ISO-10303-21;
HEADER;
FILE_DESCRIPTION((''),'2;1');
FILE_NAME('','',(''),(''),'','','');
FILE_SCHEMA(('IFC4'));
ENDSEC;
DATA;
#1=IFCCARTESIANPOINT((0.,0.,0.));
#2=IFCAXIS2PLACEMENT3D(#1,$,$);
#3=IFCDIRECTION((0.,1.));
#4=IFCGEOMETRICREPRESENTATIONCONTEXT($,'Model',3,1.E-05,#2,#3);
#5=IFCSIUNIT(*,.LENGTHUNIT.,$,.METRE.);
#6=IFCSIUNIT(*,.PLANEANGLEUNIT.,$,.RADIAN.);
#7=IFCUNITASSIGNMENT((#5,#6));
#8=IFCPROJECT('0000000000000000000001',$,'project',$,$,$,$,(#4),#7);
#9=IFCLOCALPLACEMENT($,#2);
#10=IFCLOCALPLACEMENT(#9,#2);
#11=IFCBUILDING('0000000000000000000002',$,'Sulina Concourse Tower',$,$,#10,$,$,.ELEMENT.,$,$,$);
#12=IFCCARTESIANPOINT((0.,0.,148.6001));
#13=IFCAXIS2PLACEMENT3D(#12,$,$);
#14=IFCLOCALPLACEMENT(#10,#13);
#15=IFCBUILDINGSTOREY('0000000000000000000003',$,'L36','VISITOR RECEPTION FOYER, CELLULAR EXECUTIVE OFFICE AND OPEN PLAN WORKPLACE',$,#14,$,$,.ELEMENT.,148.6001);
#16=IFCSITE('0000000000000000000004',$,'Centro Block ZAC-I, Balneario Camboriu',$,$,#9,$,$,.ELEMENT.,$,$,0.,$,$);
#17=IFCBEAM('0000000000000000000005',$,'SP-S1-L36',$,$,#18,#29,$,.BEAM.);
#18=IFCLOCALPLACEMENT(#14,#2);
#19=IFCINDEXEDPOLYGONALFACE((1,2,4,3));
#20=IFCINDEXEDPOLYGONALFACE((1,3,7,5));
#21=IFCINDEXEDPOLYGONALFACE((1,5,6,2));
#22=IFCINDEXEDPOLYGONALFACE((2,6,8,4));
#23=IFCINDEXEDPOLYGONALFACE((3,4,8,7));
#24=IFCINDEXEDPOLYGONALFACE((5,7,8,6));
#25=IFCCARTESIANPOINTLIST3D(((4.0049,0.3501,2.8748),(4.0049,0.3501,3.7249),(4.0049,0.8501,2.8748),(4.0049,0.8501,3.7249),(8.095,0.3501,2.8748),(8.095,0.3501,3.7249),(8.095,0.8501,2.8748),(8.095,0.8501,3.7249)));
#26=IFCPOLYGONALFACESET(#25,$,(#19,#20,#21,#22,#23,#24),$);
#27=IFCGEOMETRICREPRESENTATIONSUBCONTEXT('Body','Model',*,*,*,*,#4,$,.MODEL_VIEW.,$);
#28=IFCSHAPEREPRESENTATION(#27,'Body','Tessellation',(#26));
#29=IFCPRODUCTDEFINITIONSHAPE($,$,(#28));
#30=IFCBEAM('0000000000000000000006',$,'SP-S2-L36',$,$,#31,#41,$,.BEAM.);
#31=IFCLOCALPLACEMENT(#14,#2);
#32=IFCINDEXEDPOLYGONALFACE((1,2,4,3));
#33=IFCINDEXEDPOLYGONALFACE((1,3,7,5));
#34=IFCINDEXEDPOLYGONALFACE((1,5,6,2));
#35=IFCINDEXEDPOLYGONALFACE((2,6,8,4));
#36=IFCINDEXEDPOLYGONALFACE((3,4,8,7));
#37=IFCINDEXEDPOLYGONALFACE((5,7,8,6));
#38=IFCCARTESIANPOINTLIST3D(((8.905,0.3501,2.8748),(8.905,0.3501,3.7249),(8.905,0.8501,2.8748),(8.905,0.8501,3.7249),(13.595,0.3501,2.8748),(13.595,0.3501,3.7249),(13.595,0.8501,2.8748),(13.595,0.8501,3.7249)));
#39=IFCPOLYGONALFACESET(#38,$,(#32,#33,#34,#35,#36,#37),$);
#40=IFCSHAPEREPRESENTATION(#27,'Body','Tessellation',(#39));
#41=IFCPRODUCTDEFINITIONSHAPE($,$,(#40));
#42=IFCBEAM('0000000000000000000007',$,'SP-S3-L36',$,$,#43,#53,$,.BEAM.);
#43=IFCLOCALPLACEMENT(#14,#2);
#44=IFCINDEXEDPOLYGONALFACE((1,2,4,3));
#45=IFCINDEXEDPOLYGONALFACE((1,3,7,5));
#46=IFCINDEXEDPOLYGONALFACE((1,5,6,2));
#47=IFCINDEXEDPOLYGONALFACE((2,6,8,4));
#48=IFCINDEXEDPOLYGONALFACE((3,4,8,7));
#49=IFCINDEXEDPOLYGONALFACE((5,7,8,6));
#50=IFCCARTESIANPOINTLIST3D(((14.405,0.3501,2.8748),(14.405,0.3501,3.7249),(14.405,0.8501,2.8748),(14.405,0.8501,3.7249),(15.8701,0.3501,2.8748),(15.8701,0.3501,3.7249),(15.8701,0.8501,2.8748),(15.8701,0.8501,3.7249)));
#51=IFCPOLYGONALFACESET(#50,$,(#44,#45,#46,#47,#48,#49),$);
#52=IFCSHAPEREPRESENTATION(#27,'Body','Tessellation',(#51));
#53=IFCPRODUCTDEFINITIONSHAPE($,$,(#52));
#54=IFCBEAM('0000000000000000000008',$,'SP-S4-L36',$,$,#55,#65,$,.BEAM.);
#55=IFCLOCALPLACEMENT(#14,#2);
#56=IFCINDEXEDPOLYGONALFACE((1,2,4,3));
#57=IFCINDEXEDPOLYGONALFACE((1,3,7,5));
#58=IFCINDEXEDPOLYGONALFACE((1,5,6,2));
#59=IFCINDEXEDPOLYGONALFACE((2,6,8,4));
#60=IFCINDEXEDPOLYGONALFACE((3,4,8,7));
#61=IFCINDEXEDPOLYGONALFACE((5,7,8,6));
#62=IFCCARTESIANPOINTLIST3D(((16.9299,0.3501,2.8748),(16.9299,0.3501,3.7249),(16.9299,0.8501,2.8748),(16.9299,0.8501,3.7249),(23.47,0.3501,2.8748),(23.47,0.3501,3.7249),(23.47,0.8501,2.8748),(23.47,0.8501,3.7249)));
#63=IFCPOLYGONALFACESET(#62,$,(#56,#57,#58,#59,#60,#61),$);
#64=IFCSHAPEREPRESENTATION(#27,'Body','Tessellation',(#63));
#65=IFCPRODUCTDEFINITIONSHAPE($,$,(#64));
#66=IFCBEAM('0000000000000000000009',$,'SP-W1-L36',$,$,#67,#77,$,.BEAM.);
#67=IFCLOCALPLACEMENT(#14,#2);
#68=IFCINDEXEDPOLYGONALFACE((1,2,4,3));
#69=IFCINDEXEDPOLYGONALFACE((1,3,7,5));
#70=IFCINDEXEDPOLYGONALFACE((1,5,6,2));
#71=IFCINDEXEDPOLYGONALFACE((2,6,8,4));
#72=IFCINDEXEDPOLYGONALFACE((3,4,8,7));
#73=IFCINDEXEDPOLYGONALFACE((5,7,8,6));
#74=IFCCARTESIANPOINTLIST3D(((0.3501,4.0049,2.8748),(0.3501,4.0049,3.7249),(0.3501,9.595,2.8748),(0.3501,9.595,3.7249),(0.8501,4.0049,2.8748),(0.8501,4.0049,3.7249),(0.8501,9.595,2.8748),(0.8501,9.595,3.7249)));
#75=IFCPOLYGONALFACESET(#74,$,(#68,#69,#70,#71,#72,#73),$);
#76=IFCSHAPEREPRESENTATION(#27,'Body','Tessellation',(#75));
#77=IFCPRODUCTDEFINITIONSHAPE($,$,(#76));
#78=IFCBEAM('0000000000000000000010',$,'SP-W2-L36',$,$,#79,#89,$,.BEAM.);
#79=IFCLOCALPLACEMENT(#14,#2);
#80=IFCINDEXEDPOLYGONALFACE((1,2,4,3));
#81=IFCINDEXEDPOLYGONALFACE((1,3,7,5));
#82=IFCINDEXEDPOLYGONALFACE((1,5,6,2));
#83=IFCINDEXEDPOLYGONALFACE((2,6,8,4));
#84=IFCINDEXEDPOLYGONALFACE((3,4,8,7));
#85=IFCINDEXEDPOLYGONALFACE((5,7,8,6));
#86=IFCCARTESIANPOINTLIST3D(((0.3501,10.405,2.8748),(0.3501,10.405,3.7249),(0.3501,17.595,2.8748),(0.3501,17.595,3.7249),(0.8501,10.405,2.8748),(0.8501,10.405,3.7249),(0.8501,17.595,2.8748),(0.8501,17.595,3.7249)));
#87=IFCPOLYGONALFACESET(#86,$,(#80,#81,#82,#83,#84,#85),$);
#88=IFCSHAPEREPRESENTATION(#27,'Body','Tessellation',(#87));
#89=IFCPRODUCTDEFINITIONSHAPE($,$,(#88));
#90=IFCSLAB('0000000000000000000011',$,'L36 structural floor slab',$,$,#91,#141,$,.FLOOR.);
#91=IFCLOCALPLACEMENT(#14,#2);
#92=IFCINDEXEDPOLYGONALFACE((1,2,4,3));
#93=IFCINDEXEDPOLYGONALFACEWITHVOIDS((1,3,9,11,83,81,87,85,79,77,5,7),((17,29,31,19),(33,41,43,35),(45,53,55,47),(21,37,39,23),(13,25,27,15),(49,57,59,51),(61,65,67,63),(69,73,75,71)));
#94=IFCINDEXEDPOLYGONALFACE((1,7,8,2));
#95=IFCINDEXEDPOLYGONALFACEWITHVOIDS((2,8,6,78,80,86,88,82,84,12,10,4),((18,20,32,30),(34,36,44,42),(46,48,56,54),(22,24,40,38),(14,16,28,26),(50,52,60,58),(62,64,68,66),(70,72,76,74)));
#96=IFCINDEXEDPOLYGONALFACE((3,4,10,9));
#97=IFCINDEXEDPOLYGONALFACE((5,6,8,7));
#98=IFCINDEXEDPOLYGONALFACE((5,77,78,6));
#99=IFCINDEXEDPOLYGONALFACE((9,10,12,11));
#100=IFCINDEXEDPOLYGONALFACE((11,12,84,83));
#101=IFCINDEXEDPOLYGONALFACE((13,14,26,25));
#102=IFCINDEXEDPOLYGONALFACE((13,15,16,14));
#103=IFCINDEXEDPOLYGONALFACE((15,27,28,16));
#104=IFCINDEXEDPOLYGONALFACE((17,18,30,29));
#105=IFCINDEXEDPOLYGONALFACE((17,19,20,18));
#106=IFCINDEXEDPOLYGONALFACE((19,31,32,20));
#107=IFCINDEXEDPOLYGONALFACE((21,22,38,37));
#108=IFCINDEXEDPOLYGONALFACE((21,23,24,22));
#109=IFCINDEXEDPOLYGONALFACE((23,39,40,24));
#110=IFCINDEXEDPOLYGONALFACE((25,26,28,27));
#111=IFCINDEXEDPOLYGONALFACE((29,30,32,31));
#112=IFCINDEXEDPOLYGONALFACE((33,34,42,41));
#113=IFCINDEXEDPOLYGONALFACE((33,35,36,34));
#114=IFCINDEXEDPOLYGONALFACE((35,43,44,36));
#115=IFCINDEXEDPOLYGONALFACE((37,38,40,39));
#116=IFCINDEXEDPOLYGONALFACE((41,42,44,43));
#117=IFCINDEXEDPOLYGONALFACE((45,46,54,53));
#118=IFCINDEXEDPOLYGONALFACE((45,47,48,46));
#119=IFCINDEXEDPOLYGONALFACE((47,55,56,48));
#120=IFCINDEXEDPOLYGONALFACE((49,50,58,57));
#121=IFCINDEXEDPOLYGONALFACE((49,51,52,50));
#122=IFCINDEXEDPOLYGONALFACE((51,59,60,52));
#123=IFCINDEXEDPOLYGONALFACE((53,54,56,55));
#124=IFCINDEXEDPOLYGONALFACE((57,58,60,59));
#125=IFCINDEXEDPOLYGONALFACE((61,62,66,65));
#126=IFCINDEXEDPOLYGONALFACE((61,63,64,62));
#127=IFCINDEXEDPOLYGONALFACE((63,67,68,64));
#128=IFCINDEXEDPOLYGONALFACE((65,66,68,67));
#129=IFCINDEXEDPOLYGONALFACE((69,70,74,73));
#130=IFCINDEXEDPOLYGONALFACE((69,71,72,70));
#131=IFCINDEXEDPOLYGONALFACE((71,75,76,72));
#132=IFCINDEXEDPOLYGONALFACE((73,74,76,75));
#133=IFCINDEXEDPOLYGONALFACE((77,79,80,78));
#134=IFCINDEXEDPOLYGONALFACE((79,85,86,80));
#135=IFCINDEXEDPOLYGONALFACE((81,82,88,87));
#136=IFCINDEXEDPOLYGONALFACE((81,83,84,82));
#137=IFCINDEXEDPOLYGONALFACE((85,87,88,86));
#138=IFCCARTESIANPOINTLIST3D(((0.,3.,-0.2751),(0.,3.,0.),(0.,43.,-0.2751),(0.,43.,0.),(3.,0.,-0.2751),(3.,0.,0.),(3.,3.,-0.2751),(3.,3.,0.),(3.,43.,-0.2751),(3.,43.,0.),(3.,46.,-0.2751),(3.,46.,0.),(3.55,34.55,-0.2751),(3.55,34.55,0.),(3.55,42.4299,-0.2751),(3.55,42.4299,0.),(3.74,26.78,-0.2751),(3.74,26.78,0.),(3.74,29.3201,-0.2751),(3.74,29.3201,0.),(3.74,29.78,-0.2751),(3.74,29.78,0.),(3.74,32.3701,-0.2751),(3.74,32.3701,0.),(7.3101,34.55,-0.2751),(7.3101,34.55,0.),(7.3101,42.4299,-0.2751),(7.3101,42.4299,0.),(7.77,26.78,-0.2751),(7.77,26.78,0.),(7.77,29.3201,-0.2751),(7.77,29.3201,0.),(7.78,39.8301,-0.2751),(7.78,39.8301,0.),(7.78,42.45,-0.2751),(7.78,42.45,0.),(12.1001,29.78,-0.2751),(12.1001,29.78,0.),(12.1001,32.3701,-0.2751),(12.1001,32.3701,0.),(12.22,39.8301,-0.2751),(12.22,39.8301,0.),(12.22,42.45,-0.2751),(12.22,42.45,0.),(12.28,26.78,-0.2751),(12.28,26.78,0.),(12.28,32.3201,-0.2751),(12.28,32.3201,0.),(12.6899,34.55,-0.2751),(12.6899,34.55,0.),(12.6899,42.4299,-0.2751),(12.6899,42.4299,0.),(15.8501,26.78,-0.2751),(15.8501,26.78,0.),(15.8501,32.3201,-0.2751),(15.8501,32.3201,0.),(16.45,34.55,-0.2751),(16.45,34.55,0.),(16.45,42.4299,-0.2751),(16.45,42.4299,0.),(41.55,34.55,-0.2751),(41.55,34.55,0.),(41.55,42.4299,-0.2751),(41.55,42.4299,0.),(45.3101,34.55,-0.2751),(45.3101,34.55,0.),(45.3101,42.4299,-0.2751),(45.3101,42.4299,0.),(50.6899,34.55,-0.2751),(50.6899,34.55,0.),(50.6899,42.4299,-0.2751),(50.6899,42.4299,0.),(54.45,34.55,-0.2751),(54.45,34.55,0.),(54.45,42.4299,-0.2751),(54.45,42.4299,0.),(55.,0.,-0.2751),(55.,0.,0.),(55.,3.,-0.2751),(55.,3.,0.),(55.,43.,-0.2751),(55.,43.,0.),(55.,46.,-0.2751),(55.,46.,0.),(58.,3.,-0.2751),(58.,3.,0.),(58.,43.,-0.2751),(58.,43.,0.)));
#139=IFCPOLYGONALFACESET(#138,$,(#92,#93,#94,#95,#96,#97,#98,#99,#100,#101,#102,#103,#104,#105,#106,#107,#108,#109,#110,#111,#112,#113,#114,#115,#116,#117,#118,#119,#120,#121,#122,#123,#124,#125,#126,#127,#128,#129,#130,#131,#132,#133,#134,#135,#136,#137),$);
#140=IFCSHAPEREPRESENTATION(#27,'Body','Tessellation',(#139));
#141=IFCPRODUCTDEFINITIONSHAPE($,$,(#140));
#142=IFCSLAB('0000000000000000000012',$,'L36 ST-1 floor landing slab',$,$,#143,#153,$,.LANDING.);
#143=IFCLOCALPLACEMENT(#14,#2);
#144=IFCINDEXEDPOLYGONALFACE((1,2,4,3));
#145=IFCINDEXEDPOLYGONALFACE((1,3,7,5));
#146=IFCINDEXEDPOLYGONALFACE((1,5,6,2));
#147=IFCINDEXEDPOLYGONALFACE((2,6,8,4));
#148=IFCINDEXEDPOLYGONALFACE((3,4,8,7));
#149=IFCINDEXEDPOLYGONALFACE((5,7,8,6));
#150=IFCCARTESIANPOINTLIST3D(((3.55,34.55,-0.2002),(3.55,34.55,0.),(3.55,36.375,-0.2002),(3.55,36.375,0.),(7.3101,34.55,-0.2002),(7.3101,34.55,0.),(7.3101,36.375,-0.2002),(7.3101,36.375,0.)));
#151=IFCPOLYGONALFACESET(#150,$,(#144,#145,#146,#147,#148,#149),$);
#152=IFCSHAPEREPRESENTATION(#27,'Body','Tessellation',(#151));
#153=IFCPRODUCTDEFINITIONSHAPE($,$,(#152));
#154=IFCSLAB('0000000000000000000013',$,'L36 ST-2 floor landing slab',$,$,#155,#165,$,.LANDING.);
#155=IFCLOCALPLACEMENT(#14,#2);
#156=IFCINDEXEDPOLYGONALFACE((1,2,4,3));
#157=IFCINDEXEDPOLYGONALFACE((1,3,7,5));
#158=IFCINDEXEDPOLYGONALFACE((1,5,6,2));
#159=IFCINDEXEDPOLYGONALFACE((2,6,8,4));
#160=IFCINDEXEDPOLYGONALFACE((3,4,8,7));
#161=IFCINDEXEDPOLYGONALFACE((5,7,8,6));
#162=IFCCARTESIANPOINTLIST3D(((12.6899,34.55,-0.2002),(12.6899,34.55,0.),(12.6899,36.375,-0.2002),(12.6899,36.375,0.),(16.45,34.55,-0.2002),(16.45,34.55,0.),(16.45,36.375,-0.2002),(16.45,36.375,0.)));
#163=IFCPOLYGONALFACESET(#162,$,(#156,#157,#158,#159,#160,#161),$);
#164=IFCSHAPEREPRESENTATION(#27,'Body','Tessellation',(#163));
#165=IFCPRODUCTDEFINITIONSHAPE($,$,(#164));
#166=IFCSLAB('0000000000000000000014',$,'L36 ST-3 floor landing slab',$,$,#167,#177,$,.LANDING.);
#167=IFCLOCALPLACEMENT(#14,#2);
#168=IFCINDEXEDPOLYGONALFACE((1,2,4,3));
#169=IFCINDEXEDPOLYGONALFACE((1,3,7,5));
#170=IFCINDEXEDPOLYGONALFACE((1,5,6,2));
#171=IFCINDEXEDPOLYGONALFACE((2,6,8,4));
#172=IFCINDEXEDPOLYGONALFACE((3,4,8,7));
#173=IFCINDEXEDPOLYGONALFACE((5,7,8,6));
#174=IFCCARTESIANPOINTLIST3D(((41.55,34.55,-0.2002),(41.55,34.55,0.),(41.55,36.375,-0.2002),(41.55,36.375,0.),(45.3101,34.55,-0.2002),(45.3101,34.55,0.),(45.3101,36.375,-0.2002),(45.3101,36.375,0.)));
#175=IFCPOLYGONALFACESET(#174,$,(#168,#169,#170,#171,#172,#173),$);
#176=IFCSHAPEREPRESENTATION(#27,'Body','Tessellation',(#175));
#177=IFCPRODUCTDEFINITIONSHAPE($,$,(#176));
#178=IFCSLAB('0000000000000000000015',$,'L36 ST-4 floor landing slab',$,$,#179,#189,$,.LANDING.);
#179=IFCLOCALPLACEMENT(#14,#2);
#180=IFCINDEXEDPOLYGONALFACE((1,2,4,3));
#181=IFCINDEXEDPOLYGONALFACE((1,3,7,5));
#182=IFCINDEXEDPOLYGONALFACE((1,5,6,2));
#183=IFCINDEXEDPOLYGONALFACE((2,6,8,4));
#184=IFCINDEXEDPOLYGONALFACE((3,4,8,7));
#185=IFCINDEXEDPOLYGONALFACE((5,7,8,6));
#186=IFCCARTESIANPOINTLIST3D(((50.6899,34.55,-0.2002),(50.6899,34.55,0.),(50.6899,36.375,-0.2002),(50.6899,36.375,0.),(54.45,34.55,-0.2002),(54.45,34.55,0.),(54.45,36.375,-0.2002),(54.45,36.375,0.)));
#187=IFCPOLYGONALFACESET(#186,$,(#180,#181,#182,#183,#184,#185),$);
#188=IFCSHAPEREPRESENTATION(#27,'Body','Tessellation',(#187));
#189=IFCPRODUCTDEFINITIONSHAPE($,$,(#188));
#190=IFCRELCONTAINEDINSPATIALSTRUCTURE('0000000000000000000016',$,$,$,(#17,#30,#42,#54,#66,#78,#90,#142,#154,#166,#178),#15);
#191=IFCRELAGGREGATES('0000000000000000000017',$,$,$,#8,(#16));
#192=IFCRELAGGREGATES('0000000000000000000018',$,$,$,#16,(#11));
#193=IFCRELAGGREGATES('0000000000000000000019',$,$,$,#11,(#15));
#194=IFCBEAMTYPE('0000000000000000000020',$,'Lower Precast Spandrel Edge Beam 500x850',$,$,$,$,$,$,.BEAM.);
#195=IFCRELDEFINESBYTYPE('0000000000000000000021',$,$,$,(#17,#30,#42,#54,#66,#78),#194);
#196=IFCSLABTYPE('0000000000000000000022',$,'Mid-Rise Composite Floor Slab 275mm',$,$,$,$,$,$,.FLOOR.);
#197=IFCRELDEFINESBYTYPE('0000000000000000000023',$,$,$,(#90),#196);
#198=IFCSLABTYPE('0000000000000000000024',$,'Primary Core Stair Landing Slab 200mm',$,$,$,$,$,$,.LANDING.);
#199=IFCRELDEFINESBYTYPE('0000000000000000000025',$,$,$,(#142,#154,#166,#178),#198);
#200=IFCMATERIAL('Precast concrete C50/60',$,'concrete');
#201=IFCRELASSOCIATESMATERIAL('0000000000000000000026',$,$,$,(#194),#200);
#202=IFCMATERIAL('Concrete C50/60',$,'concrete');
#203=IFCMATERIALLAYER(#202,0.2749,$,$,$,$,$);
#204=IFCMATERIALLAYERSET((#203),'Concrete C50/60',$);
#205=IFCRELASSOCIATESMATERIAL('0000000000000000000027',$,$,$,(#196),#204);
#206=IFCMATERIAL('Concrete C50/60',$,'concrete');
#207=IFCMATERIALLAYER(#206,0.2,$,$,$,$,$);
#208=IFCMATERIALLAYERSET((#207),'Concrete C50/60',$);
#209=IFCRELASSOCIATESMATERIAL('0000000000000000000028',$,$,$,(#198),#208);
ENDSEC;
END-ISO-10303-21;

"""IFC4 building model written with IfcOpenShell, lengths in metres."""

from ifc_helpers import new_model, si_unit, direction, frame, origin, origin_2d, place, context, subcontext, project, spatial, polyline, rectangle, outline, extrude, material, layer, layer_set, material_profile, profile_set, type_object, element, save


model = new_model("IFC4")

# Units and contexts
model_context = context("Model", 3, precision=1e-05, world=origin(), true_north=direction((0.0, 1.0)))
body_context = subcontext(model_context, "Body", "Model", "MODEL_VIEW")
ifc_project = project(units=[si_unit("LENGTHUNIT", "METRE"), si_unit("PLANEANGLEUNIT", "RADIAN")], contexts=[model_context])

# Site, building, storey
site_placement = place(None, origin())
site = spatial("IfcSite", under=ifc_project, at=site_placement, Name="Centro Block ZAC-I, Balneario Camboriu", CompositionType="ELEMENT", RefElevation=0.0)
building_placement = place(site_placement, origin())
building = spatial("IfcBuilding", under=site, at=building_placement, Name="Sulina Concourse Tower", CompositionType="ELEMENT")
storey_placement = place(building_placement, frame((0.0, 0.0, 148.6001)))
storey = spatial("IfcBuildingStorey", under=building, at=storey_placement, Name="L36", Description="VISITOR RECEPTION FOYER, CELLULAR EXECUTIVE OFFICE AND OPEN PLAN WORKPLACE", CompositionType="ELEMENT", Elevation=148.6001)

# Beams
ifc_material_1 = material(Name="Precast concrete C50/60", Category="concrete")
ifc_material_profile_1 = material_profile(ifc_material_1, rectangle(XDim=0.5, YDim=0.8501, at=origin_2d()), Name="RC 500x850")
ifc_profile_set_1 = profile_set([ifc_material_profile_1], Name="Precast concrete C50/60")
beam_type_1 = type_object("IfcBeamType", Name="Lower Precast Spandrel Edge Beam 500x850", PredefinedType="BEAM", material=ifc_profile_set_1)
beam_1_placement = place(storey_placement, frame((4.0049, 0.6001, 3.2998), z_axis=(1.0, 0.0, 0.0), x_axis=(0.0, 1.0, 0.0)))
element("IfcBeam", 1, at=beam_1_placement, inside=storey, type_object=beam_type_1, Name="SP-S1-L36", PredefinedType="BEAM", context=body_context, shape_type="SweptSolid", body=[
    extrude(rectangle(XDim=0.5, YDim=0.8501, at=origin_2d()), origin(), (0.0, 0.0, 1.0), 4.0901),
])
beam_2_placement = place(storey_placement, frame((8.905, 0.6001, 3.2998), z_axis=(1.0, 0.0, 0.0), x_axis=(0.0, 1.0, 0.0)))
element("IfcBeam", 2, at=beam_2_placement, inside=storey, type_object=beam_type_1, Name="SP-S2-L36", PredefinedType="BEAM", context=body_context, shape_type="SweptSolid", body=[
    extrude(rectangle(XDim=0.5, YDim=0.8501, at=origin_2d()), origin(), (0.0, 0.0, 1.0), 4.6899),
])
beam_3_placement = place(storey_placement, frame((14.405, 0.6001, 3.2998), z_axis=(1.0, 0.0, 0.0), x_axis=(0.0, 1.0, 0.0)))
element("IfcBeam", 3, at=beam_3_placement, inside=storey, type_object=beam_type_1, Name="SP-S3-L36", PredefinedType="BEAM", context=body_context, shape_type="SweptSolid", body=[
    extrude(rectangle(XDim=0.5, YDim=0.8501, at=origin_2d()), origin(), (0.0, 0.0, 1.0), 1.4651),
])
beam_4_placement = place(storey_placement, frame((16.9299, 0.6001, 3.2998), z_axis=(1.0, 0.0, 0.0), x_axis=(0.0, 1.0, 0.0)))
element("IfcBeam", 4, at=beam_4_placement, inside=storey, type_object=beam_type_1, Name="SP-S4-L36", PredefinedType="BEAM", context=body_context, shape_type="SweptSolid", body=[
    extrude(rectangle(XDim=0.5, YDim=0.8501, at=origin_2d()), origin(), (0.0, 0.0, 1.0), 6.54),
])
beam_5_placement = place(storey_placement, frame((0.6001, 4.0049, 3.2998), z_axis=(0.0, 1.0, 0.0), x_axis=(-1.0, 0.0, 0.0)))
element("IfcBeam", 5, at=beam_5_placement, inside=storey, type_object=beam_type_1, Name="SP-W1-L36", PredefinedType="BEAM", context=body_context, shape_type="SweptSolid", body=[
    extrude(rectangle(XDim=0.5, YDim=0.8501, at=origin_2d()), origin(), (0.0, 0.0, 1.0), 5.5901),
])
beam_6_placement = place(storey_placement, frame((0.6001, 10.405, 3.2998), z_axis=(0.0, 1.0, 0.0), x_axis=(-1.0, 0.0, 0.0)))
element("IfcBeam", 6, at=beam_6_placement, inside=storey, type_object=beam_type_1, Name="SP-W2-L36", PredefinedType="BEAM", context=body_context, shape_type="SweptSolid", body=[
    extrude(rectangle(XDim=0.5, YDim=0.8501, at=origin_2d()), origin(), (0.0, 0.0, 1.0), 7.1899),
])

# Slabs
ifc_material_2 = material(Name="Concrete C50/60", Category="concrete")
ifc_layer_1 = layer(ifc_material_2, 0.2749)
ifc_layer_set_1 = layer_set([ifc_layer_1], Name="Concrete C50/60")
slab_type_1 = type_object("IfcSlabType", Name="Mid-Rise Composite Floor Slab 275mm", PredefinedType="FLOOR", material=ifc_layer_set_1)
slab_1_placement = place(storey_placement, frame((0.0, 0.0, -0.2751)))
element("IfcSlab", 7, at=slab_1_placement, inside=storey, type_object=slab_type_1, Name="L36 structural floor slab", PredefinedType="FLOOR", context=body_context, shape_type="SweptSolid", body=[
    extrude(outline(polyline([(3.0, 0.0), (55.0, 0.0), (55.0, 3.0), (58.0, 3.0), (58.0, 43.0), (55.0, 43.0), (55.0, 46.0), (3.0, 46.0), (3.0, 43.0), (0.0, 43.0), (0.0, 3.0), (3.0, 3.0), (3.0, 0.0)]), holes=[polyline([(7.3101, 34.55), (7.3101, 42.4299), (3.55, 42.4299), (3.55, 34.55), (7.3101, 34.55)]), polyline([(16.45, 34.55), (16.45, 42.4299), (12.6899, 42.4299), (12.6899, 34.55), (16.45, 34.55)]), polyline([(45.3101, 34.55), (45.3101, 42.4299), (41.55, 42.4299), (41.55, 34.55), (45.3101, 34.55)]), polyline([(54.45, 34.55), (54.45, 42.4299), (50.6899, 42.4299), (50.6899, 34.55), (54.45, 34.55)]), polyline([(7.78, 39.8301), (12.22, 39.8301), (12.22, 42.45), (7.78, 42.45), (7.78, 39.8301)]), polyline([(3.74, 26.78), (7.77, 26.78), (7.77, 29.3201), (3.74, 29.3201), (3.74, 26.78)]), polyline([(3.74, 29.78), (12.1001, 29.78), (12.1001, 32.3701), (3.74, 32.3701), (3.74, 29.78)]), polyline([(12.28, 26.78), (15.8501, 26.78), (15.8501, 32.3201), (12.28, 32.3201), (12.28, 26.78)])]), origin(), (0.0, 0.0, 1.0), 0.2751),
])
ifc_material_3 = material(Name="Concrete C50/60", Category="concrete")
ifc_layer_2 = layer(ifc_material_3, 0.2)
ifc_layer_set_2 = layer_set([ifc_layer_2], Name="Concrete C50/60")
slab_type_2 = type_object("IfcSlabType", Name="Primary Core Stair Landing Slab 200mm", PredefinedType="LANDING", material=ifc_layer_set_2)
slab_2_placement = place(storey_placement, frame((0.0, 0.0, -0.2002)))
element("IfcSlab", 8, at=slab_2_placement, inside=storey, type_object=slab_type_2, Name="L36 ST-1 floor landing slab", PredefinedType="LANDING", context=body_context, shape_type="SweptSolid", body=[
    extrude(outline(polyline([(7.3101, 34.55), (7.3101, 36.375), (3.55, 36.375), (3.55, 34.55), (7.3101, 34.55)])), origin(), (0.0, 0.0, 1.0), 0.2002),
])
slab_3_placement = place(storey_placement, frame((0.0, 0.0, -0.2002)))
element("IfcSlab", 9, at=slab_3_placement, inside=storey, type_object=slab_type_2, Name="L36 ST-2 floor landing slab", PredefinedType="LANDING", context=body_context, shape_type="SweptSolid", body=[
    extrude(outline(polyline([(16.45, 34.55), (16.45, 36.375), (12.6899, 36.375), (12.6899, 34.55), (16.45, 34.55)])), origin(), (0.0, 0.0, 1.0), 0.2002),
])
slab_4_placement = place(storey_placement, frame((0.0, 0.0, -0.2002)))
element("IfcSlab", 10, at=slab_4_placement, inside=storey, type_object=slab_type_2, Name="L36 ST-3 floor landing slab", PredefinedType="LANDING", context=body_context, shape_type="SweptSolid", body=[
    extrude(outline(polyline([(45.3101, 34.55), (45.3101, 36.375), (41.55, 36.375), (41.55, 34.55), (45.3101, 34.55)])), origin(), (0.0, 0.0, 1.0), 0.2002),
])
slab_5_placement = place(storey_placement, frame((0.0, 0.0, -0.2002)))
element("IfcSlab", 11, at=slab_5_placement, inside=storey, type_object=slab_type_2, Name="L36 ST-4 floor landing slab", PredefinedType="LANDING", context=body_context, shape_type="SweptSolid", body=[
    extrude(outline(polyline([(54.45, 34.55), (54.45, 36.375), (50.6899, 36.375), (50.6899, 34.55), (54.45, 34.55)])), origin(), (0.0, 0.0, 1.0), 0.2002),
])

save(model, "model.ifc")
